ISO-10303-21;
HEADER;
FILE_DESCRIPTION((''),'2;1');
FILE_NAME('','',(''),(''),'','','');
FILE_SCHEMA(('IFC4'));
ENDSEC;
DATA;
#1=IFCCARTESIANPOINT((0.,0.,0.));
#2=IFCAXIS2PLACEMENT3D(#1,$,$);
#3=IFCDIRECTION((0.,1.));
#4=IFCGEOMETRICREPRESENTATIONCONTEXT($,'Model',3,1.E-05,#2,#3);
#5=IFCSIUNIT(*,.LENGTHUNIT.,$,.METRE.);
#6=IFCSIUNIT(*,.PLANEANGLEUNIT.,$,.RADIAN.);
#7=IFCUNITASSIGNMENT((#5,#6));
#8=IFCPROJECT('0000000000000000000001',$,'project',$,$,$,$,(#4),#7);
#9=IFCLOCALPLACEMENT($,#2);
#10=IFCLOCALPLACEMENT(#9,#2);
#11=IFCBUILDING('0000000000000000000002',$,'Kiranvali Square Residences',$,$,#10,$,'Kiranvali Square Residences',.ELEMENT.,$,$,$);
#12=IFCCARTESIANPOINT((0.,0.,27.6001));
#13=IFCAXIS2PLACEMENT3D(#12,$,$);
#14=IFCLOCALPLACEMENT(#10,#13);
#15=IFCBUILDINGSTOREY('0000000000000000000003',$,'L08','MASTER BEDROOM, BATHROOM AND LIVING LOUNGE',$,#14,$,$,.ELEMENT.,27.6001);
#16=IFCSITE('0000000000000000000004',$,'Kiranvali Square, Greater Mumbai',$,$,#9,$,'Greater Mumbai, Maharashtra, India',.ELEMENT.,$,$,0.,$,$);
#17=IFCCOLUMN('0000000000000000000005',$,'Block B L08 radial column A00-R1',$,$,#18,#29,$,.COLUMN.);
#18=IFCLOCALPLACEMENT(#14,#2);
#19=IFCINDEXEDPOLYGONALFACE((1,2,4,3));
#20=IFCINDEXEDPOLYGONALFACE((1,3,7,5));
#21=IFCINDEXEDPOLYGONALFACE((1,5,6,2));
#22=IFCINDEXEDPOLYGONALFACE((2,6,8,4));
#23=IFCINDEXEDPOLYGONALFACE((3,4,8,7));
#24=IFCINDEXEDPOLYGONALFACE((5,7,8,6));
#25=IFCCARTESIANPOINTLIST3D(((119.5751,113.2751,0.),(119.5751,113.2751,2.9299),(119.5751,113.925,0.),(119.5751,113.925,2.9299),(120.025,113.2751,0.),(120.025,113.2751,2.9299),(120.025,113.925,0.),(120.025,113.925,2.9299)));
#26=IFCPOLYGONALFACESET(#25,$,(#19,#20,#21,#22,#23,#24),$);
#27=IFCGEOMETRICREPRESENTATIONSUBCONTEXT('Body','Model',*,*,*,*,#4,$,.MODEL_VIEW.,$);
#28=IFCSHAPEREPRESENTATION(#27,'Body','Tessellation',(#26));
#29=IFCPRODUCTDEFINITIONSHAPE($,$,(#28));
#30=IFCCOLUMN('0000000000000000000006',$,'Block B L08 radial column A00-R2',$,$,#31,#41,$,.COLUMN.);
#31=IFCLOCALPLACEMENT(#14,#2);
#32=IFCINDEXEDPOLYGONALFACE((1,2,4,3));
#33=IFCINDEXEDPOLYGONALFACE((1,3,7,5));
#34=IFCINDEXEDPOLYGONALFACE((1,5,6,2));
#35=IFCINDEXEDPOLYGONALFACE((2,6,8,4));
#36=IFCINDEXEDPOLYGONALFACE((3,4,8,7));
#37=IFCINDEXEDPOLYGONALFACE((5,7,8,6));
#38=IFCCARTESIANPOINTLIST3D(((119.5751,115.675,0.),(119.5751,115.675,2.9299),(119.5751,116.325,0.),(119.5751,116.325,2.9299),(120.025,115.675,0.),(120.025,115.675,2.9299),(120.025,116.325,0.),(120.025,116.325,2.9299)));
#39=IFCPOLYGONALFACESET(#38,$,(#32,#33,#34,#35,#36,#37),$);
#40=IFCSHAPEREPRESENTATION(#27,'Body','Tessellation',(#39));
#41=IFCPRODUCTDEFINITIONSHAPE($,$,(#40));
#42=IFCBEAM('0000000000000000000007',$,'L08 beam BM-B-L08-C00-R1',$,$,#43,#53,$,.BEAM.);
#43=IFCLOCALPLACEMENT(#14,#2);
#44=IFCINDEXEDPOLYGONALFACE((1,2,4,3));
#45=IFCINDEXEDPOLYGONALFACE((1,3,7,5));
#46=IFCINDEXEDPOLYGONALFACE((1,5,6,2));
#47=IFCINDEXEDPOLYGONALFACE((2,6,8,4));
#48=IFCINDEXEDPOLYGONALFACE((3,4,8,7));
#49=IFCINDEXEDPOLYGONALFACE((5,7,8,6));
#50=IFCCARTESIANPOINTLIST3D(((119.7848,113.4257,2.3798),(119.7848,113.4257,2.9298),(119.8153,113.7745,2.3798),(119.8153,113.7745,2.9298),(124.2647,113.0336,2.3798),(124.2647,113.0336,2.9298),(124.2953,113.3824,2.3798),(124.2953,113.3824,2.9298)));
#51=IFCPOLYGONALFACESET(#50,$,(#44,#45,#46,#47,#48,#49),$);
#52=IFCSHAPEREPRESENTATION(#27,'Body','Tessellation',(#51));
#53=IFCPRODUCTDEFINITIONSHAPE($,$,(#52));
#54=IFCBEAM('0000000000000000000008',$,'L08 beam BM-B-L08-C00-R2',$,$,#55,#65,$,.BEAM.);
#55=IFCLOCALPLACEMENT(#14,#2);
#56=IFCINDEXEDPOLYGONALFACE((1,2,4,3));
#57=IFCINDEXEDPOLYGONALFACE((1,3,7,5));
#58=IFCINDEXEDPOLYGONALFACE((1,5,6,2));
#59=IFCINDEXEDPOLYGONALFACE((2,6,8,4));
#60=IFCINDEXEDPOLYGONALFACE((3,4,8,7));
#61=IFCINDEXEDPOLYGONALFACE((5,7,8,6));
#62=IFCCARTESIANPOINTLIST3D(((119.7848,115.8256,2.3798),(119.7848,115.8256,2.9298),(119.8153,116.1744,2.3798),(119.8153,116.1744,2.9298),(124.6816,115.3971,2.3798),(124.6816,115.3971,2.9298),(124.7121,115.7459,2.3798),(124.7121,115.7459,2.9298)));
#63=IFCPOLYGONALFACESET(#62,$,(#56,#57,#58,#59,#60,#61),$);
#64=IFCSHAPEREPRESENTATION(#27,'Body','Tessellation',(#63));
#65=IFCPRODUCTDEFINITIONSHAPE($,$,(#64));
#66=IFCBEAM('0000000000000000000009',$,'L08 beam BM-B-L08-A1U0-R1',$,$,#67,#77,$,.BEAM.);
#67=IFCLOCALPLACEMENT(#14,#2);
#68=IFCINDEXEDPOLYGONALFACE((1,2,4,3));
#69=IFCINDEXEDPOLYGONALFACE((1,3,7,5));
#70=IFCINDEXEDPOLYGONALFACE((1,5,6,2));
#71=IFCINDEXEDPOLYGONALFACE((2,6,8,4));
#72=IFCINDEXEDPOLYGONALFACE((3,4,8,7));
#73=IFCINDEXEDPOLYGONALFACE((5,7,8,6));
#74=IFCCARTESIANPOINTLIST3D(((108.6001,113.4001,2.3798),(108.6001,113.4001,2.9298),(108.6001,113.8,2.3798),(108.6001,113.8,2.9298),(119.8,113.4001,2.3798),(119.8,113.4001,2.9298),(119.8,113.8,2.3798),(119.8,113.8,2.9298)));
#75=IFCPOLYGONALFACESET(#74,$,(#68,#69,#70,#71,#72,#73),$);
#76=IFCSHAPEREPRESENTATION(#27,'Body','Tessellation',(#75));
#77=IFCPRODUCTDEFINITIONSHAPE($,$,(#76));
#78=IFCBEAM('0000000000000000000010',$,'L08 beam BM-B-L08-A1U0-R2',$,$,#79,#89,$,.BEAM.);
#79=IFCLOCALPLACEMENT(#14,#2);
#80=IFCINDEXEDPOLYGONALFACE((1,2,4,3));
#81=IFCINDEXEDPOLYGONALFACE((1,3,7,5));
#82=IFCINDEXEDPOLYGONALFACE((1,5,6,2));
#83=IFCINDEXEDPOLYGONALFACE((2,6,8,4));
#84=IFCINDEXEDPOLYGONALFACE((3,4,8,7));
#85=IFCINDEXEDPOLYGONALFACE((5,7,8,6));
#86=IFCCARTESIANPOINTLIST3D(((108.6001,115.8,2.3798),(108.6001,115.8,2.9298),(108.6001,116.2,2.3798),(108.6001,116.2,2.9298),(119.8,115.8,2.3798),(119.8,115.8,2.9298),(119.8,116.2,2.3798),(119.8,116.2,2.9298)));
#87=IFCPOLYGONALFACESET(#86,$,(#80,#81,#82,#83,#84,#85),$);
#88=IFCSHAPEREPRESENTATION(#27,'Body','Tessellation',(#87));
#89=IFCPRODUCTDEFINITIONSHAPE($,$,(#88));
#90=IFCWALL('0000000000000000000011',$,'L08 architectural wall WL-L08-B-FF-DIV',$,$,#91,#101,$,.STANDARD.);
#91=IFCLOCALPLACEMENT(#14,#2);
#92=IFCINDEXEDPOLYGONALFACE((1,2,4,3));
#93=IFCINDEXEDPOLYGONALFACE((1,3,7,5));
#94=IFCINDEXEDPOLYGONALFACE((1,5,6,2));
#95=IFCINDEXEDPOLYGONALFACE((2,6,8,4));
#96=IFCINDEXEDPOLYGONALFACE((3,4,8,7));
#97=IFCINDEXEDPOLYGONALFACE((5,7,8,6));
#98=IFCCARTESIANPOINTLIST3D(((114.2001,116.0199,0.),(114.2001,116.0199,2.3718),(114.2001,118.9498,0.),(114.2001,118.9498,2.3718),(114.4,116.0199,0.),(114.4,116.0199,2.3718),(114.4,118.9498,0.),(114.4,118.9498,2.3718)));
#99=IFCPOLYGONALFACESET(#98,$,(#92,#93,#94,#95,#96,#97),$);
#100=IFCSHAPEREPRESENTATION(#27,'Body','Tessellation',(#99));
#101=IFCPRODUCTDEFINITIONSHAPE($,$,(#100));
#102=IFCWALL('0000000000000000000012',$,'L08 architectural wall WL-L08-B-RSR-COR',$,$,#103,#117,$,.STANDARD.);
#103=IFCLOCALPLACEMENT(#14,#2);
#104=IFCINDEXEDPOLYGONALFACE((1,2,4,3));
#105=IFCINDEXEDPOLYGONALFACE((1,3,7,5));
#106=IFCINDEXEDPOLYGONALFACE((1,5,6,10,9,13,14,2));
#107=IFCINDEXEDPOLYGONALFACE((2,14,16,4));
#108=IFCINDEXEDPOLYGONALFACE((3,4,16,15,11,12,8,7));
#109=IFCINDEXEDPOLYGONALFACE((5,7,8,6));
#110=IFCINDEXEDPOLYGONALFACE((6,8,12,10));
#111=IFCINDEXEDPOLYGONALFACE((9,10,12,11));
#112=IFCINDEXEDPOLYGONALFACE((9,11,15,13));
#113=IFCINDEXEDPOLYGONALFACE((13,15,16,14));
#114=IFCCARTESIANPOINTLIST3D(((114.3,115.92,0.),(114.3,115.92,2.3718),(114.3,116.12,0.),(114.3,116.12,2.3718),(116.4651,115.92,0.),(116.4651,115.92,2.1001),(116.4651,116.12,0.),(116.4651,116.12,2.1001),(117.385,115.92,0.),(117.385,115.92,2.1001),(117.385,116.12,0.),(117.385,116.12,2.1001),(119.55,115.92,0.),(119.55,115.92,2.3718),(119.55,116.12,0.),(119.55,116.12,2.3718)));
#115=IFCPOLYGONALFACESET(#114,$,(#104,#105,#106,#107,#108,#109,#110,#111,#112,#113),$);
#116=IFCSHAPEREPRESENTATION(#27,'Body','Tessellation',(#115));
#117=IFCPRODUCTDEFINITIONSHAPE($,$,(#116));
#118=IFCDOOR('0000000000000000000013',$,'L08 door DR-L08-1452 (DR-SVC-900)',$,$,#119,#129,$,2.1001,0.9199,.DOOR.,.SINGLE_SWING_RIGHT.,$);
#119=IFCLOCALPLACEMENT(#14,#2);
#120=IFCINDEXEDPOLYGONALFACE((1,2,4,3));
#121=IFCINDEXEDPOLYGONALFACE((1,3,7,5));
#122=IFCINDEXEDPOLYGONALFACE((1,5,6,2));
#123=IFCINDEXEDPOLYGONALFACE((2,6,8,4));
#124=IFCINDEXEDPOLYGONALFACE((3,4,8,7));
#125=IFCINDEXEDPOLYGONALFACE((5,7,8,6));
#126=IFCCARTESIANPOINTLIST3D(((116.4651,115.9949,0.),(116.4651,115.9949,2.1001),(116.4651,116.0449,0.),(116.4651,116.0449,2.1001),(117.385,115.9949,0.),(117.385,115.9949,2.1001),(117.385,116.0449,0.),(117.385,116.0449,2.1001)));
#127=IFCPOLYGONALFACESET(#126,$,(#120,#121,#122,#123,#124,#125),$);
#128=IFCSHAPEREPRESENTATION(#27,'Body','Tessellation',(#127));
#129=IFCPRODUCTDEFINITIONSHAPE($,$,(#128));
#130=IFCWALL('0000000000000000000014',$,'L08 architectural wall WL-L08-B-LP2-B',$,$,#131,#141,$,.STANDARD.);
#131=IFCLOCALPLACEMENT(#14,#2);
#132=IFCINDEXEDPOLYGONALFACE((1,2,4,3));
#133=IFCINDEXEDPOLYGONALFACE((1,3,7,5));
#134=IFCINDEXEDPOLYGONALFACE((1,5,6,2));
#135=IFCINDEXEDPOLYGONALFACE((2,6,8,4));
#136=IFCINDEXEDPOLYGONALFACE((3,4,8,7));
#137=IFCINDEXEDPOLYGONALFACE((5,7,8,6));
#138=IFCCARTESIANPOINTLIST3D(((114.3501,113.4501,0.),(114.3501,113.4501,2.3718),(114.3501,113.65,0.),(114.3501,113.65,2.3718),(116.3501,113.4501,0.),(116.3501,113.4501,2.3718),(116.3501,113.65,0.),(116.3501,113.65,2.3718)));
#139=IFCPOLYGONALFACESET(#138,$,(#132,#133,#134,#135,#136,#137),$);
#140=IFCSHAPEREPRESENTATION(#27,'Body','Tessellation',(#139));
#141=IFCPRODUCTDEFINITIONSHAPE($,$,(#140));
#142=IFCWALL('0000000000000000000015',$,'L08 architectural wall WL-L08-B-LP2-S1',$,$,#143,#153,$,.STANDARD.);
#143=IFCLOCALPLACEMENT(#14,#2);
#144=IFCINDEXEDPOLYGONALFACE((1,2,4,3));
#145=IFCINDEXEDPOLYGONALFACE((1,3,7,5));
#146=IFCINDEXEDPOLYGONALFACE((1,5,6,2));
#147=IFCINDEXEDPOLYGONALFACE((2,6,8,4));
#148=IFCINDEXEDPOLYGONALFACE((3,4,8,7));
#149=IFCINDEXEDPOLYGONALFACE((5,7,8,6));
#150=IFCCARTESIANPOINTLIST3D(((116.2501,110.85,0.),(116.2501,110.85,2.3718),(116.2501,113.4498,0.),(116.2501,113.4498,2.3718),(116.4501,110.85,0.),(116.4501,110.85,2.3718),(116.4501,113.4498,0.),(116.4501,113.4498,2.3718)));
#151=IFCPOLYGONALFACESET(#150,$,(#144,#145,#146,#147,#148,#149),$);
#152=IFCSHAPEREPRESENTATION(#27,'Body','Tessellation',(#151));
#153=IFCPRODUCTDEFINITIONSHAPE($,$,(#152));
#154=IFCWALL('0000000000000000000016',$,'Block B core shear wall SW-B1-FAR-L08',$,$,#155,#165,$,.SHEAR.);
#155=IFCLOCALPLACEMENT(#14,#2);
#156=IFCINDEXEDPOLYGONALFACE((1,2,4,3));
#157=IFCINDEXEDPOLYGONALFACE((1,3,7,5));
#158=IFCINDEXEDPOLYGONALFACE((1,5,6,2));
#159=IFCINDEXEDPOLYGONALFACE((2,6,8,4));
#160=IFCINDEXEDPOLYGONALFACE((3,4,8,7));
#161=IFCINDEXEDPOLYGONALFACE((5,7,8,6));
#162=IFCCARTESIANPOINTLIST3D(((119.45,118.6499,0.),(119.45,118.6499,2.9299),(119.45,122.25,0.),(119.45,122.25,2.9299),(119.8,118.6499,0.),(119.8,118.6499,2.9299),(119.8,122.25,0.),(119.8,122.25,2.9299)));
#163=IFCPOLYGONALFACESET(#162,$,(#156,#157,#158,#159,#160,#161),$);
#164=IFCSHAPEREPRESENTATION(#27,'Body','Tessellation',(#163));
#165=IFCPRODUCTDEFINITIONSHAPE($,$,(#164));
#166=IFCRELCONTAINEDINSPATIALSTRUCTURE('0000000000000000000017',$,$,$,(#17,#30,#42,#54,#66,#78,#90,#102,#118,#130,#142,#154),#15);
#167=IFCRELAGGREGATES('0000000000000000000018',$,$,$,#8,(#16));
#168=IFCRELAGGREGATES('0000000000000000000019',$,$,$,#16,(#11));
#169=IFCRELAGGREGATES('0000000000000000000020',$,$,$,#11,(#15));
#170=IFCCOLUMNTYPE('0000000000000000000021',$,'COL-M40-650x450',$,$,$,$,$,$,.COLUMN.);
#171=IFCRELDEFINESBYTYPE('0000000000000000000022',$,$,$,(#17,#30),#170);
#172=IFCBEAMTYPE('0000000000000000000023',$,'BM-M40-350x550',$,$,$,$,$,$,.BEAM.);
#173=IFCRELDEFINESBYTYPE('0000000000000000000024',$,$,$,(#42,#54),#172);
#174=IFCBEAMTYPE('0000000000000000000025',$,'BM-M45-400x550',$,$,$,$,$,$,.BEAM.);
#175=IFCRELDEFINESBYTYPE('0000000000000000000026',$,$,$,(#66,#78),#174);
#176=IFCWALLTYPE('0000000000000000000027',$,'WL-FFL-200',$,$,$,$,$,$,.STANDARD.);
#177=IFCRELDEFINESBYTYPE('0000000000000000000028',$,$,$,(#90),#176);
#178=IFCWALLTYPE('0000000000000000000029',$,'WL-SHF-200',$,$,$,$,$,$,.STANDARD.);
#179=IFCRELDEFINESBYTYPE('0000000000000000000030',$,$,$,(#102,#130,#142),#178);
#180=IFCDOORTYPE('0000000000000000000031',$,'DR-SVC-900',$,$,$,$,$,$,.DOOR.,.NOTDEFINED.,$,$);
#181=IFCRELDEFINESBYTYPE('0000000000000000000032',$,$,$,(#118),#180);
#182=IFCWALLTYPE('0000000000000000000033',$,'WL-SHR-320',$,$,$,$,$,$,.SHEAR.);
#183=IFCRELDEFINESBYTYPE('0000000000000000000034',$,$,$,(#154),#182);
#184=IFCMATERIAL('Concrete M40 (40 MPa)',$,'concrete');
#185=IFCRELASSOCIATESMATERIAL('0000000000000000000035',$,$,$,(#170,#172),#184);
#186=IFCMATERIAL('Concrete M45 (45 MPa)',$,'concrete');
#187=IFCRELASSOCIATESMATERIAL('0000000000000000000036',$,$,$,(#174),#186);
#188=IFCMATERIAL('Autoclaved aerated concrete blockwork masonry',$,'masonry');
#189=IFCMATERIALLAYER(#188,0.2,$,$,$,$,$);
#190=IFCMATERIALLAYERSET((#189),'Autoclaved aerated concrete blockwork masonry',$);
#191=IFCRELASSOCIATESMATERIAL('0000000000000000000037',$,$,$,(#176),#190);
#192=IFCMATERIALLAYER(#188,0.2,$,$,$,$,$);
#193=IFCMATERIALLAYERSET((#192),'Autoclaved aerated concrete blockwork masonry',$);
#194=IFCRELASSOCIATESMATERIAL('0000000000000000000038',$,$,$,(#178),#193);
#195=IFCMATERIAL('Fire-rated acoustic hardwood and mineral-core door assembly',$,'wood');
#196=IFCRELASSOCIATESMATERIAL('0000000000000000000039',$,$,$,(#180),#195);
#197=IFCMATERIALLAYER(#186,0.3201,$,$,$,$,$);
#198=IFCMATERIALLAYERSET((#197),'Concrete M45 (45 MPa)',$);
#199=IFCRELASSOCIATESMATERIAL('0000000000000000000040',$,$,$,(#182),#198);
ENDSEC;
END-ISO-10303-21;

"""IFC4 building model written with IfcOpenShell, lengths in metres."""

from ifc_helpers import new_model, si_unit, direction, frame, frame_2d, origin, origin_2d, place, context, subcontext, project, spatial, rectangle, extrude, material, layer, layer_set, material_profile, profile_set, type_object, element, fill, save


model = new_model("IFC4")

# Units and contexts
model_context = context("Model", 3, precision=1e-05, world=origin(), true_north=direction((0.0, 1.0)))
body_context = subcontext(model_context, "Body", "Model", "MODEL_VIEW")
ifc_project = project(units=[si_unit("LENGTHUNIT", "METRE"), si_unit("PLANEANGLEUNIT", "RADIAN")], contexts=[model_context])

# Site, building, storey
site_placement = place(None, origin())
site = spatial("IfcSite", under=ifc_project, at=site_placement, Name="Kiranvali Square, Greater Mumbai", LongName="Greater Mumbai, Maharashtra, India", CompositionType="ELEMENT", RefElevation=0.0)
building_placement = place(site_placement, origin())
building = spatial("IfcBuilding", under=site, at=building_placement, Name="Kiranvali Square Residences", LongName="Kiranvali Square Residences", CompositionType="ELEMENT")
storey_placement = place(building_placement, frame((0.0, 0.0, 27.6001)))
storey = spatial("IfcBuildingStorey", under=building, at=storey_placement, Name="L08", Description="MASTER BEDROOM, BATHROOM AND LIVING LOUNGE", CompositionType="ELEMENT", Elevation=27.6001)

# Columns
ifc_material_1 = material(Name="Concrete M40 (40 MPa)", Category="concrete")
ifc_material_profile_1 = material_profile(ifc_material_1, rectangle(XDim=0.45, YDim=0.6499, at=origin_2d()), Name="RC 650x450")
ifc_profile_set_1 = profile_set([ifc_material_profile_1], Name="Concrete M40 (40 MPa)")
column_type = type_object("IfcColumnType", Name="COL-M40-650x450", PredefinedType="COLUMN", material=ifc_profile_set_1)
for number, where, z_axis, x_axis, name in (
    (1, (119.8, 113.6001, 0.0), (0.0, 0.0, 1.0), (1.0, 0.0, 0.0), "Block B L08 radial column A00-R1"),
    (2, (119.8, 116.0, 0.0), (0.0, 0.0, 1.0), (1.0, 0.0, 0.0), "Block B L08 radial column A00-R2"),
):
    element("IfcColumn", number, at=place(storey_placement, frame(where, z_axis=z_axis, x_axis=x_axis)), inside=storey, type_object=column_type, Name=name, PredefinedType="COLUMN", context=body_context, shape_type="SweptSolid", body=[
        extrude(rectangle(XDim=0.45, YDim=0.6499, at=origin_2d()), origin(), (0.0, 0.0, 1.0), 2.9299),
    ])

# Beams
ifc_material_profile_2 = material_profile(ifc_material_1, rectangle(XDim=0.3501, YDim=0.55, at=origin_2d()), Name="RC 350x550")
ifc_profile_set_2 = profile_set([ifc_material_profile_2], Name="Concrete M40 (40 MPa)")
beam_type_1 = type_object("IfcBeamType", Name="BM-M40-350x550", PredefinedType="BEAM", material=ifc_profile_set_2)
beam_1_placement = place(storey_placement, frame((119.8, 113.6001, 2.6548), z_axis=(0.996192, -0.087187, 0.0), x_axis=(0.087187, 0.996192, 0.0)))
element("IfcBeam", 3, at=beam_1_placement, inside=storey, type_object=beam_type_1, Name="L08 beam BM-B-L08-C00-R1", PredefinedType="BEAM", context=body_context, shape_type="SweptSolid", body=[
    extrude(rectangle(XDim=0.3501, YDim=0.55, at=origin_2d()), origin(), (0.0, 0.0, 1.0), 4.4971),
])
beam_2_placement = place(storey_placement, frame((119.8, 116.0, 2.6548), z_axis=(0.996194, -0.087168, 0.0), x_axis=(0.087168, 0.996194, 0.0)))
element("IfcBeam", 4, at=beam_2_placement, inside=storey, type_object=beam_type_1, Name="L08 beam BM-B-L08-C00-R2", PredefinedType="BEAM", context=body_context, shape_type="SweptSolid", body=[
    extrude(rectangle(XDim=0.3501, YDim=0.55, at=origin_2d()), origin(), (0.0, 0.0, 1.0), 4.9155),
])
ifc_material_2 = material(Name="Concrete M45 (45 MPa)", Category="concrete")
ifc_material_profile_3 = material_profile(ifc_material_2, rectangle(XDim=0.3999, YDim=0.55, at=origin_2d()), Name="RC 400x550")
ifc_profile_set_3 = profile_set([ifc_material_profile_3], Name="Concrete M45 (45 MPa)")
beam_type_2 = type_object("IfcBeamType", Name="BM-M45-400x550", PredefinedType="BEAM", material=ifc_profile_set_3)
for number, where, z_axis, x_axis, name in (
    (5, (119.8, 113.6001, 2.6548), (-1.0, 0.0, 0.0), (0.0, -1.0, 0.0), "L08 beam BM-B-L08-A1U0-R1"),
    (6, (119.8, 116.0, 2.6548), (-1.0, 0.0, 0.0), (0.0, -1.0, 0.0), "L08 beam BM-B-L08-A1U0-R2"),
):
    element("IfcBeam", number, at=place(storey_placement, frame(where, z_axis=z_axis, x_axis=x_axis)), inside=storey, type_object=beam_type_2, Name=name, PredefinedType="BEAM", context=body_context, shape_type="SweptSolid", body=[
        extrude(rectangle(XDim=0.3999, YDim=0.55, at=origin_2d()), origin(), (0.0, 0.0, 1.0), 11.2),
    ])

# Shared definitions
ifc_material_3 = material(Name="Autoclaved aerated concrete blockwork masonry", Category="masonry")
ifc_material_4 = material(Name="Fire-rated acoustic hardwood and mineral-core door assembly", Category="wood")
ifc_layer_1 = layer(ifc_material_3, 0.2)
ifc_layer_set_1 = layer_set([ifc_layer_1], Name="Autoclaved aerated concrete blockwork masonry")
wall_type_1 = type_object("IfcWallType", Name="WL-FFL-200", PredefinedType="STANDARD", material=ifc_layer_set_1)

# Wall
wall_1_placement = place(storey_placement, frame((114.3, 116.02, 0.0), z_axis=(0.0, 0.0, 1.0), x_axis=(0.0, 1.0, 0.0)))
element("IfcWall", 7, at=wall_1_placement, inside=storey, type_object=wall_type_1, Name="L08 architectural wall WL-L08-B-FF-DIV", PredefinedType="STANDARD", context=body_context, shape_type="SweptSolid", body=[
    extrude(rectangle(XDim=2.9299, YDim=0.2, at=frame_2d((1.4648, 0.0))), origin(), (0.0, 0.0, 1.0), 2.3718),
])

# Wall, opening, door
ifc_layer_2 = layer(ifc_material_3, 0.2)
ifc_layer_set_2 = layer_set([ifc_layer_2], Name="Autoclaved aerated concrete blockwork masonry")
wall_type_2 = type_object("IfcWallType", Name="WL-SHF-200", PredefinedType="STANDARD", material=ifc_layer_set_2)
wall_2_placement = place(storey_placement, frame((119.55, 116.02, 0.0), z_axis=(0.0, 0.0, 1.0), x_axis=(-1.0, 0.0, 0.0)))
wall_2 = element("IfcWall", 8, at=wall_2_placement, inside=storey, type_object=wall_type_2, Name="L08 architectural wall WL-L08-B-RSR-COR", PredefinedType="STANDARD", context=body_context, shape_type="SweptSolid", body=[
    extrude(rectangle(XDim=5.25, YDim=0.2, at=frame_2d((2.625, 0.0))), origin(), (0.0, 0.0, 1.0), 2.3718),
])
opening_1_placement = place(wall_2_placement, frame((2.165, 0.0, 0.0)))
opening_1 = element("IfcOpeningElement", 9, at=opening_1_placement, cuts=wall_2, PredefinedType="OPENING", context=body_context, shape_type="SweptSolid", body=[
    extrude(rectangle(XDim=0.9199, YDim=2.1001, at=frame_2d((0.46, 1.05))), frame((0.0, 0.1099, 0.0), z_axis=(0.0, -1.0, 0.0), x_axis=(1.0, 0.0, 0.0)), (0.0, 0.0, 1.0), 0.22),
])
door_type_1 = type_object("IfcDoorType", Name="DR-SVC-900", OperationType="NOTDEFINED", PredefinedType="DOOR", material=ifc_material_4)
door_1_placement = place(opening_1_placement, frame((0.9199, 0.0, 0.0), z_axis=(0.0, 0.0, 1.0), x_axis=(-1.0, 0.0, 0.0)))
door_1 = element("IfcDoor", 10, at=door_1_placement, inside=storey, type_object=door_type_1, Name="L08 door DR-L08-1452 (DR-SVC-900)", OperationType="SINGLE_SWING_RIGHT", OverallHeight=2.1001, OverallWidth=0.9199, PredefinedType="DOOR", context=body_context, shape_type="SweptSolid", body=[
    extrude(rectangle(XDim=0.9199, YDim=2.1001, at=frame_2d((0.46, 1.05))), frame((0.0, 0.0249, 0.0), z_axis=(0.0, -1.0, 0.0), x_axis=(1.0, 0.0, 0.0)), (0.0, 0.0, 1.0), 0.05),
])
fill(opening_1, door_1)

# Walls
wall_3_placement = place(storey_placement, frame((116.3501, 113.55, 0.0), z_axis=(0.0, 0.0, 1.0), x_axis=(-1.0, 0.0, 0.0)))
element("IfcWall", 11, at=wall_3_placement, inside=storey, type_object=wall_type_2, Name="L08 architectural wall WL-L08-B-LP2-B", PredefinedType="STANDARD", context=body_context, shape_type="SweptSolid", body=[
    extrude(rectangle(XDim=2.0, YDim=0.2, at=frame_2d((1.0, 0.0))), origin(), (0.0, 0.0, 1.0), 2.3718),
])
wall_4_placement = place(storey_placement, frame((116.3501, 110.8501, 0.0), z_axis=(0.0, 0.0, 1.0), x_axis=(0.0, 1.0, 0.0)))
element("IfcWall", 12, at=wall_4_placement, inside=storey, type_object=wall_type_2, Name="L08 architectural wall WL-L08-B-LP2-S1", PredefinedType="STANDARD", context=body_context, shape_type="SweptSolid", body=[
    extrude(rectangle(XDim=2.5999, YDim=0.2, at=frame_2d((1.2998, 0.0))), origin(), (0.0, 0.0, 1.0), 2.3718),
])

# Shared definitions
ifc_layer_3 = layer(ifc_material_2, 0.3201)
ifc_layer_set_3 = layer_set([ifc_layer_3], Name="Concrete M45 (45 MPa)")
wall_type_3 = type_object("IfcWallType", Name="WL-SHR-320", PredefinedType="SHEAR", material=ifc_layer_set_3)

# Wall
wall_5_placement = place(storey_placement, frame((119.625, 118.6499, 0.0), z_axis=(0.0, 0.0, 1.0), x_axis=(0.0, 1.0, 0.0)))
element("IfcWall", 13, at=wall_5_placement, inside=storey, type_object=wall_type_3, Name="Block B core shear wall SW-B1-FAR-L08", PredefinedType="SHEAR", context=body_context, shape_type="SweptSolid", body=[
    extrude(rectangle(XDim=3.6001, YDim=0.3501, at=frame_2d((1.8, 0.0))), origin(), (0.0, 0.0, 1.0), 2.9299),
])

save(model, "model.ifc")
